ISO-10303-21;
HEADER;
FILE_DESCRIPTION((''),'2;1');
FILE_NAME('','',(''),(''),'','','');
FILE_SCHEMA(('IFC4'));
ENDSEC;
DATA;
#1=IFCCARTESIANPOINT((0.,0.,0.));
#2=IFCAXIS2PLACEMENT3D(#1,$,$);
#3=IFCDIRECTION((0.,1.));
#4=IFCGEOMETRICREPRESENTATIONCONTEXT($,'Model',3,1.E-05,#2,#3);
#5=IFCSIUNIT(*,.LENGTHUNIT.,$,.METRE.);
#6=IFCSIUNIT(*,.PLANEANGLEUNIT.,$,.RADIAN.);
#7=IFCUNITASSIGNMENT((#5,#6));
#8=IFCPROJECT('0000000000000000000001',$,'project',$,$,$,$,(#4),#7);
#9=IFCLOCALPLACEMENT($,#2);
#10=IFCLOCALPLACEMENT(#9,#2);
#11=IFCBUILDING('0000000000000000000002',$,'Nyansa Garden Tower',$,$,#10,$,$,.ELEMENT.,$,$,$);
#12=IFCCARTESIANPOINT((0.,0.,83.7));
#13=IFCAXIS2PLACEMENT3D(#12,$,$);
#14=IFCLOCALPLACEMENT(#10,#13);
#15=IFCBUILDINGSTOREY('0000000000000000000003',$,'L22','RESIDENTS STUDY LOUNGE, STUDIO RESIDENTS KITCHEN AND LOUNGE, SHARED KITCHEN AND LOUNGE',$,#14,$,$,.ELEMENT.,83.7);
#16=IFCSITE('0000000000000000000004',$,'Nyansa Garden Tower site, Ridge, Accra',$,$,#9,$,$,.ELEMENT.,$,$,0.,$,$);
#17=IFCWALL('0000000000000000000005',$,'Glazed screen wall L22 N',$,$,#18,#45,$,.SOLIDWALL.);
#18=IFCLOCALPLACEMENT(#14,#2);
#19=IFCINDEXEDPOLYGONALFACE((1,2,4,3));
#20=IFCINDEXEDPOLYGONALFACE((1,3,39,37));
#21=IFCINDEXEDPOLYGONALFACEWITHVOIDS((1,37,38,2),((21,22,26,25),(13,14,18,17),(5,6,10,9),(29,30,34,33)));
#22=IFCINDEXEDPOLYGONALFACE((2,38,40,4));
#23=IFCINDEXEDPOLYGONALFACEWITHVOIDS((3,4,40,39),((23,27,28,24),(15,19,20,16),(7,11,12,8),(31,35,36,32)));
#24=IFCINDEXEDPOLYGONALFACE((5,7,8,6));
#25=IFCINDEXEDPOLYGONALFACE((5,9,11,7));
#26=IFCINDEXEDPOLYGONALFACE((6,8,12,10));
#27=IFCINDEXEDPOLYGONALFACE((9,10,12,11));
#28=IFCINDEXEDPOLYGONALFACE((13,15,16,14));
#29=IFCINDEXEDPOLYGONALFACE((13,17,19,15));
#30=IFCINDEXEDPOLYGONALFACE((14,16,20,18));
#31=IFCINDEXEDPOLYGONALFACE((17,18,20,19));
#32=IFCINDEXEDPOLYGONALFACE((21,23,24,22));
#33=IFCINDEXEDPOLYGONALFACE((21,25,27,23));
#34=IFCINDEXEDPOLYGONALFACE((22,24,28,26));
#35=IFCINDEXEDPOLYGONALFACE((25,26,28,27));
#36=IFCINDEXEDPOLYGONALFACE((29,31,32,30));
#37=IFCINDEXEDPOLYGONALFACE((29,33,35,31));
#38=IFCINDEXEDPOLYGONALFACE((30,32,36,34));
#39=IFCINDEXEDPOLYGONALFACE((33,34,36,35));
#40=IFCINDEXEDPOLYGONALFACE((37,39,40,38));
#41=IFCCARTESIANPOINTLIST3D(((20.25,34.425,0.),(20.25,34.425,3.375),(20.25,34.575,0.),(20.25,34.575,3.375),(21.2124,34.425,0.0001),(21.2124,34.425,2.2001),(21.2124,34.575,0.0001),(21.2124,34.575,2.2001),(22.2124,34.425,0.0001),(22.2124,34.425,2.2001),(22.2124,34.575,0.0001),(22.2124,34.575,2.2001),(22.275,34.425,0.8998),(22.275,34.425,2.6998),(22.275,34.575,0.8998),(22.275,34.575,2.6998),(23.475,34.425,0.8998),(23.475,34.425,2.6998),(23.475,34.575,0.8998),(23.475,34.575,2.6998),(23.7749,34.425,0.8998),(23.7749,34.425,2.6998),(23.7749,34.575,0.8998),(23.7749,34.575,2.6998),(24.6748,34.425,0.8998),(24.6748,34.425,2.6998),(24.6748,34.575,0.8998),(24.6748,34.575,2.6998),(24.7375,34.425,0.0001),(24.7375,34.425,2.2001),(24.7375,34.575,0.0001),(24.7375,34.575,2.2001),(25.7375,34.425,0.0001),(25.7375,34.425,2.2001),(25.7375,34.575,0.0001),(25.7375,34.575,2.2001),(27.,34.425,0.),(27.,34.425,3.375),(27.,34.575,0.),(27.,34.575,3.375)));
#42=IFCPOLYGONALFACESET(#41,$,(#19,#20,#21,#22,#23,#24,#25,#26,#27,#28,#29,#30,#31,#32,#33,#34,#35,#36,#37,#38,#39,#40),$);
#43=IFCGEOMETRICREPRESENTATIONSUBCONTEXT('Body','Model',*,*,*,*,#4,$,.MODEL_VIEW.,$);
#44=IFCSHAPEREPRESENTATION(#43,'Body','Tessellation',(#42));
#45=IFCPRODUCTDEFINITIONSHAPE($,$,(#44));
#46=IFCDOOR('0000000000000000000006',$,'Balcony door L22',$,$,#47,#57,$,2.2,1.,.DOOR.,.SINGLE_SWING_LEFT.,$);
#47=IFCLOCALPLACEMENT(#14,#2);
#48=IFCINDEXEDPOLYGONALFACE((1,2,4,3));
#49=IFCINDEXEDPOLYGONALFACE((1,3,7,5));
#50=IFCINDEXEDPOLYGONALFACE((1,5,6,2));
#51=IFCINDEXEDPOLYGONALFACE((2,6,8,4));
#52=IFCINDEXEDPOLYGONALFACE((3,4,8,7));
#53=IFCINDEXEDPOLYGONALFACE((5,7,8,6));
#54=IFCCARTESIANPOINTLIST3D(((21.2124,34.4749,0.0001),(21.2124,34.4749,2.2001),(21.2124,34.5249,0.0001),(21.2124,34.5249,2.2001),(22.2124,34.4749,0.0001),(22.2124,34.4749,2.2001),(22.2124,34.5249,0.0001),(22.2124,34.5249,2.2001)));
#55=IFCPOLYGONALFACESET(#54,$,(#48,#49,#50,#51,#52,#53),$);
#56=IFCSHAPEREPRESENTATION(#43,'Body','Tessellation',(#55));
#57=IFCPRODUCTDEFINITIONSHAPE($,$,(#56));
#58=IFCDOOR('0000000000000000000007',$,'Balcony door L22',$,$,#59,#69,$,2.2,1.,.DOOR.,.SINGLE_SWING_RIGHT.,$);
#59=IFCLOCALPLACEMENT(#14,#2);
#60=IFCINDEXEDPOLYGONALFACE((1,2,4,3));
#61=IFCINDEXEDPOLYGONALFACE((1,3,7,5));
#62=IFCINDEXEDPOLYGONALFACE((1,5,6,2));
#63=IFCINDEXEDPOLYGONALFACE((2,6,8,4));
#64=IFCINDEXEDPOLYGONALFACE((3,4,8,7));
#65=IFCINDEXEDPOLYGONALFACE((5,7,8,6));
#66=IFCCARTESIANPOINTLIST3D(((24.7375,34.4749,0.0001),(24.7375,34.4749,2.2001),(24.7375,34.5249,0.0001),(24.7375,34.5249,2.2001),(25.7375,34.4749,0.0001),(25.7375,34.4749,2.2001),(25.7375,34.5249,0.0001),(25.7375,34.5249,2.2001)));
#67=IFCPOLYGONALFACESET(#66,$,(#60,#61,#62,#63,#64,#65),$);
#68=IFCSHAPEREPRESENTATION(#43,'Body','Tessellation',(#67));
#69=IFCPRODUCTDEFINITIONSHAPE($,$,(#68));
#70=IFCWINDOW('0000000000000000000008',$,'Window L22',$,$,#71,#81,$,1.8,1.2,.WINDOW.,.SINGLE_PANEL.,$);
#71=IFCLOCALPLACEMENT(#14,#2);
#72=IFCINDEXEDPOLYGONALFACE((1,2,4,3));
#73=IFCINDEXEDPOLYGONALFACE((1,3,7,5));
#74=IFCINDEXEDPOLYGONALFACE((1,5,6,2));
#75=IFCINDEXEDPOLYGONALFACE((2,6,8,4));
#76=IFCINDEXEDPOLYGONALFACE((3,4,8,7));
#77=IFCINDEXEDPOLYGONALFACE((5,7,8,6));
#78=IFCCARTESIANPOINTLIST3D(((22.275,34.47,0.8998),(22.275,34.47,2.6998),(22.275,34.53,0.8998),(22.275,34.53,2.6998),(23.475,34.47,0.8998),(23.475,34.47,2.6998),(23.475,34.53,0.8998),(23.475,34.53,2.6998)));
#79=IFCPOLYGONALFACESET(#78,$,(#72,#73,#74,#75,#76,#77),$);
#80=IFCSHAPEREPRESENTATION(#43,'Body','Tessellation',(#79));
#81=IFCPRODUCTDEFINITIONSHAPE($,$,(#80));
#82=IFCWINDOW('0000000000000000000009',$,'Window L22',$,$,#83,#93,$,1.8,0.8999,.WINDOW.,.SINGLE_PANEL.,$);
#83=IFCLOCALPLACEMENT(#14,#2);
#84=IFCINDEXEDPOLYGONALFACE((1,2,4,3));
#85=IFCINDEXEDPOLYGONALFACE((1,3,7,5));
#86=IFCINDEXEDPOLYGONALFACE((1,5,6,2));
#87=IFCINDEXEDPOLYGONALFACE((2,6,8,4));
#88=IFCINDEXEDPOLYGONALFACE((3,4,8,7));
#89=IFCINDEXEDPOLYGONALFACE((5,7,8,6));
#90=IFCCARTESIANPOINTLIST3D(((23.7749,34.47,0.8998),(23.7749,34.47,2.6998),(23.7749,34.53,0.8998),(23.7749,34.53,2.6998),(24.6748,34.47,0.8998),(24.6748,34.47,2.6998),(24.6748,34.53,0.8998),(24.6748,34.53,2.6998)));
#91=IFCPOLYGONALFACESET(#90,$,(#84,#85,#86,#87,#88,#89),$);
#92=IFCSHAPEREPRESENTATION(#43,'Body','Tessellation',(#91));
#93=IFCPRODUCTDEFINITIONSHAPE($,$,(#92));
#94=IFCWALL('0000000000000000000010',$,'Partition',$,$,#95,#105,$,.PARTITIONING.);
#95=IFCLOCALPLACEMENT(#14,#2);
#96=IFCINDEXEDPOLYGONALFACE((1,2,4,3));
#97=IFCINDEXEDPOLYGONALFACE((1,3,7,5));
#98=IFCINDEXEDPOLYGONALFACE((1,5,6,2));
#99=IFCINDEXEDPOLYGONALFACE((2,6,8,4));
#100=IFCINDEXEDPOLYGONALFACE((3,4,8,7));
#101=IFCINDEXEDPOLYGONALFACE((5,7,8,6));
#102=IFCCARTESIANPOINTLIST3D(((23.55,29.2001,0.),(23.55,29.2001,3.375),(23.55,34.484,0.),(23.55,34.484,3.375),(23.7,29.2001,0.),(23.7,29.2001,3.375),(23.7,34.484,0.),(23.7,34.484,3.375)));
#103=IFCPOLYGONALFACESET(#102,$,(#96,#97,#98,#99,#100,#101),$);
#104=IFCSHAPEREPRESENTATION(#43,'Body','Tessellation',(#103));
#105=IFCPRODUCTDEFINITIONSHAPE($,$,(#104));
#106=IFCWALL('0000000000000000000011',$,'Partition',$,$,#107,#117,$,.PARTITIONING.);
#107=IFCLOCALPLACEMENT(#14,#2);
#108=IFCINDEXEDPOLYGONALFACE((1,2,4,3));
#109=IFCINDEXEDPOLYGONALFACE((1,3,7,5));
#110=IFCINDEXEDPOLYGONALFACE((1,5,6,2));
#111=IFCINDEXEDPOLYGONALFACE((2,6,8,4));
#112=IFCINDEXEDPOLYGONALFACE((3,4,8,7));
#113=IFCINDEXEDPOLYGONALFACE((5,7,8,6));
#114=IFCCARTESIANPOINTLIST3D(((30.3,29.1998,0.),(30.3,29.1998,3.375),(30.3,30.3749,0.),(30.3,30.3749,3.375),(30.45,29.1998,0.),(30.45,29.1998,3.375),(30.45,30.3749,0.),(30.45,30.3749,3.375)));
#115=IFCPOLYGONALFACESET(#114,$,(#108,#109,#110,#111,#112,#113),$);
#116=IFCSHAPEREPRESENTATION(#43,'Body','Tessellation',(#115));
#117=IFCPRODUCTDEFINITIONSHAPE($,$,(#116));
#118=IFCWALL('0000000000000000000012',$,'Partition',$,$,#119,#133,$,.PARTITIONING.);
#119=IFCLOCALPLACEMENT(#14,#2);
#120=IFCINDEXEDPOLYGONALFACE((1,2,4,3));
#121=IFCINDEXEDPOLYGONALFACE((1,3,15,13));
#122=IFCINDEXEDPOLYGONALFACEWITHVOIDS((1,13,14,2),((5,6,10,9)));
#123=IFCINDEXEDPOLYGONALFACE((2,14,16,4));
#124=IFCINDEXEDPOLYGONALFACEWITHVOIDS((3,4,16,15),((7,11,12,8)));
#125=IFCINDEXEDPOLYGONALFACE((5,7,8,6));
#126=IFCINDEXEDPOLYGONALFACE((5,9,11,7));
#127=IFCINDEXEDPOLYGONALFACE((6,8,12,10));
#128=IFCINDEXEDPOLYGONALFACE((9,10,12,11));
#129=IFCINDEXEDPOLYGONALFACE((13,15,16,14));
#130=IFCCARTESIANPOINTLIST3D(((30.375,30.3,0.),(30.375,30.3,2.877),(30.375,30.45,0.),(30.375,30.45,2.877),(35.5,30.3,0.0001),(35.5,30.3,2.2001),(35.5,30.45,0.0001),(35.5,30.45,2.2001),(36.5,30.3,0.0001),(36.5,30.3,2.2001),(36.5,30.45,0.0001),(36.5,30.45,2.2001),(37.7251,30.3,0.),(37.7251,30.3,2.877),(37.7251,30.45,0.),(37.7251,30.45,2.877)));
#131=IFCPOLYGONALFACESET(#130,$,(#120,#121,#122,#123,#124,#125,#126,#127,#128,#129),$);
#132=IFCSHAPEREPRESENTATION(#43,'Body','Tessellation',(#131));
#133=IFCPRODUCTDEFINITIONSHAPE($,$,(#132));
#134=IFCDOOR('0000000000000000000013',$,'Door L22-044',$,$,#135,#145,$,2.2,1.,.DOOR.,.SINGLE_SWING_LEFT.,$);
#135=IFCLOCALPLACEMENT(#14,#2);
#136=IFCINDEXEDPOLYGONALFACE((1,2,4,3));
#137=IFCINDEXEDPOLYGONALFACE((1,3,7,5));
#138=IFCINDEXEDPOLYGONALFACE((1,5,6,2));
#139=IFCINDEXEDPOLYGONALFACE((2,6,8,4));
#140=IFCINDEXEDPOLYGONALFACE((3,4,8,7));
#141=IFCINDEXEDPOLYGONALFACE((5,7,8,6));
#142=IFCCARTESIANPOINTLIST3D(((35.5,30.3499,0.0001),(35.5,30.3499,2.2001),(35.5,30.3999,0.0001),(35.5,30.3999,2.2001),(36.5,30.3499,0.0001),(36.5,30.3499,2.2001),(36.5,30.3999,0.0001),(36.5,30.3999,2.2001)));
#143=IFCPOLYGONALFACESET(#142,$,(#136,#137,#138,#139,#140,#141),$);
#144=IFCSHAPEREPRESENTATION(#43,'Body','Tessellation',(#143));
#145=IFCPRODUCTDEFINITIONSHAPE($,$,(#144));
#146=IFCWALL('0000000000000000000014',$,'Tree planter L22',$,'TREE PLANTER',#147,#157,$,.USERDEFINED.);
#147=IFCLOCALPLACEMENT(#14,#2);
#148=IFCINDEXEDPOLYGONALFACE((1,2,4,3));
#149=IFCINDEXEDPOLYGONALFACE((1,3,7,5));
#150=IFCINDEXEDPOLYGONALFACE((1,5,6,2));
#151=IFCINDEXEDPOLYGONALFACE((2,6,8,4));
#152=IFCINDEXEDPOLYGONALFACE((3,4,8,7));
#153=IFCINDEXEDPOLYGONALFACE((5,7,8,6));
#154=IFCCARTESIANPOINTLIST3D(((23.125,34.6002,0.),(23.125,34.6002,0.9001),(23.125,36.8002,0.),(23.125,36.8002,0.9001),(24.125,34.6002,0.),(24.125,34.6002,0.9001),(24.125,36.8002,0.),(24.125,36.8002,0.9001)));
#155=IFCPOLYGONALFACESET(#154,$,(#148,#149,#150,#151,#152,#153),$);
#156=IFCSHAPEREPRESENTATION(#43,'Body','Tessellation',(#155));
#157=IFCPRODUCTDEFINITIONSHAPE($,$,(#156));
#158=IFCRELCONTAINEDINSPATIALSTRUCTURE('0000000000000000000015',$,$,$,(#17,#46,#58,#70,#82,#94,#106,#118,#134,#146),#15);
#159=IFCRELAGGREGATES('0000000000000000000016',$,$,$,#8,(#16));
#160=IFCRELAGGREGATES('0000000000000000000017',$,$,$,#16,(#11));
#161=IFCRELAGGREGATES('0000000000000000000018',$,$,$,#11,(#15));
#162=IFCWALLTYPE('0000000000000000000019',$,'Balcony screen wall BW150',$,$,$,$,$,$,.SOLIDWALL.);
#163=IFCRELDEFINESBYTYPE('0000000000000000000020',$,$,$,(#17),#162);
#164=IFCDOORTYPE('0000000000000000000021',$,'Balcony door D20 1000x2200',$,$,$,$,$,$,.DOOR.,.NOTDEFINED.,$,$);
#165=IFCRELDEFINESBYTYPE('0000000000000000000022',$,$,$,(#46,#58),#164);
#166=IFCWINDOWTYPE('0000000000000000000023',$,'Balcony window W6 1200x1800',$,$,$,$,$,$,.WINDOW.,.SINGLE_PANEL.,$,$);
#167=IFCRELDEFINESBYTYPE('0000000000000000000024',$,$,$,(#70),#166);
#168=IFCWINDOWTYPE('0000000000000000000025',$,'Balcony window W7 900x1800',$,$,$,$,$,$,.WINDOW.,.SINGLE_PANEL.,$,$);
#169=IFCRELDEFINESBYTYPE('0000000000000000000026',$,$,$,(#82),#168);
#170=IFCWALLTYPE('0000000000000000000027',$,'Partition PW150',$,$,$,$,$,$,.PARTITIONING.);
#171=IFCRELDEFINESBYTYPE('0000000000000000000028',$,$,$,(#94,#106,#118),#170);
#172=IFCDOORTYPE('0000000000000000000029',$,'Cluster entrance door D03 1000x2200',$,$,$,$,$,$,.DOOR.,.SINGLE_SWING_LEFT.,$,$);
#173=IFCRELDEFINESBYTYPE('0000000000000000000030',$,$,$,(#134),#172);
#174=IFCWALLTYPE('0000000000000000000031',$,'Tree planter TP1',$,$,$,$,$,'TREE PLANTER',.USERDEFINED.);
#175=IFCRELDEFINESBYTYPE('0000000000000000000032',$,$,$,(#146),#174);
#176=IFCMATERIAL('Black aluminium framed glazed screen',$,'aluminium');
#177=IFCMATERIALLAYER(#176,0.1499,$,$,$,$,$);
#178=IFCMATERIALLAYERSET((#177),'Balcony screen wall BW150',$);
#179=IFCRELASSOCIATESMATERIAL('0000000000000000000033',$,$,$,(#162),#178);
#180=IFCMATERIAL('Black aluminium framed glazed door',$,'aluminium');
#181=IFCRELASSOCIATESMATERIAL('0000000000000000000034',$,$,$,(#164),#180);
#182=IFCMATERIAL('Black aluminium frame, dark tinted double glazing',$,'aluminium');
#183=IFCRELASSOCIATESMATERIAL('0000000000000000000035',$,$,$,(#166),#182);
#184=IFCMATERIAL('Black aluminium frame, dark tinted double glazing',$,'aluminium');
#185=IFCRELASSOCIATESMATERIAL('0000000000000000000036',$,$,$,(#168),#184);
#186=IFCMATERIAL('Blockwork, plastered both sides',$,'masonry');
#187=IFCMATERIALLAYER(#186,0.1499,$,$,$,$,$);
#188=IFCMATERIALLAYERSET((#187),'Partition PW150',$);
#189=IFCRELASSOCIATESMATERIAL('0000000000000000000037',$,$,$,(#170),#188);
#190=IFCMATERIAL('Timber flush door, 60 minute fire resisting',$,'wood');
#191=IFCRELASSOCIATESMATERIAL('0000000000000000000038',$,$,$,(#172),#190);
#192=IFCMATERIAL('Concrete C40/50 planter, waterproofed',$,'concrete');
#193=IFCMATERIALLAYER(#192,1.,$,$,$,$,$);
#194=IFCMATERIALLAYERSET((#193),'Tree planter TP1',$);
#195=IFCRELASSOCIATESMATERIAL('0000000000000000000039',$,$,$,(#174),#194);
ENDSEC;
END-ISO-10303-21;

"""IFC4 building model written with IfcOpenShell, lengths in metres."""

from ifc_helpers import new_model, si_unit, direction, frame, frame_2d, origin, place, context, subcontext, project, spatial, rectangle, extrude, material, layer, layer_set, type_object, element, fill, save


model = new_model("IFC4")

# Units and contexts
model_context = context("Model", 3, precision=1e-05, world=origin(), true_north=direction((0.0, 1.0)))
body_context = subcontext(model_context, "Body", "Model", "MODEL_VIEW")
ifc_project = project(units=[si_unit("LENGTHUNIT", "METRE"), si_unit("PLANEANGLEUNIT", "RADIAN")], contexts=[model_context])

# Site, building, storey
site_placement = place(None, origin())
site = spatial("IfcSite", under=ifc_project, at=site_placement, Name="Nyansa Garden Tower site, Ridge, Accra", CompositionType="ELEMENT", RefElevation=0.0)
building_placement = place(site_placement, origin())
building = spatial("IfcBuilding", under=site, at=building_placement, Name="Nyansa Garden Tower", CompositionType="ELEMENT")
storey_placement = place(building_placement, frame((0.0, 0.0, 83.7)))
storey = spatial("IfcBuildingStorey", under=building, at=storey_placement, Name="L22", Description="RESIDENTS STUDY LOUNGE, STUDIO RESIDENTS KITCHEN AND LOUNGE, SHARED KITCHEN AND LOUNGE", CompositionType="ELEMENT", Elevation=83.7)

# Wall, openings, doors, windows
ifc_material_1 = material(Name="Black aluminium framed glazed screen", Category="aluminium")
ifc_layer_1 = layer(ifc_material_1, 0.1499)
ifc_layer_set_1 = layer_set([ifc_layer_1], Name="Balcony screen wall BW150")
wall_type_1 = type_object("IfcWallType", Name="Balcony screen wall BW150", PredefinedType="SOLIDWALL", material=ifc_layer_set_1)
wall_1_placement = place(storey_placement, frame((20.25, 34.5, 0.0), z_axis=(0.0, 0.0, 1.0), x_axis=(1.0, 0.0, 0.0)))
wall_1 = element("IfcWall", 1, at=wall_1_placement, inside=storey, type_object=wall_type_1, Name="Glazed screen wall L22 N", PredefinedType="SOLIDWALL", context=body_context, shape_type="SweptSolid", body=[
    extrude(rectangle(XDim=6.75, YDim=0.1499, at=frame_2d((3.375, 0.0))), origin(), (0.0, 0.0, 1.0), 3.375),
])
opening_1_placement = place(wall_1_placement, frame((0.9624, 0.0, 0.0)))
opening_1 = element("IfcOpeningElement", 2, at=opening_1_placement, cuts=wall_1, PredefinedType="OPENING", context=body_context, shape_type="SweptSolid", body=[
    extrude(rectangle(XDim=1.0, YDim=2.2, at=frame_2d((0.5, 1.1001))), frame((0.0, 0.085, 0.0), z_axis=(0.0, -1.0, 0.0), x_axis=(1.0, 0.0, 0.0)), (0.0, 0.0, 1.0), 0.1699),
])
opening_2_placement = place(wall_1_placement, frame((2.0249, 0.0, 0.8999)))
opening_2 = element("IfcOpeningElement", 3, at=opening_2_placement, cuts=wall_1, PredefinedType="OPENING", context=body_context, shape_type="SweptSolid", body=[
    extrude(rectangle(XDim=1.2, YDim=1.8, at=frame_2d((0.6001, 0.8999))), frame((0.0, 0.085, 0.0), z_axis=(0.0, -1.0, 0.0), x_axis=(1.0, 0.0, 0.0)), (0.0, 0.0, 1.0), 0.1699),
])
opening_3_placement = place(wall_1_placement, frame((4.4875, 0.0, 0.0)))
opening_3 = element("IfcOpeningElement", 4, at=opening_3_placement, cuts=wall_1, PredefinedType="OPENING", context=body_context, shape_type="SweptSolid", body=[
    extrude(rectangle(XDim=1.0, YDim=2.2, at=frame_2d((0.5, 1.1001))), frame((0.0, 0.085, 0.0), z_axis=(0.0, -1.0, 0.0), x_axis=(1.0, 0.0, 0.0)), (0.0, 0.0, 1.0), 0.1699),
])
opening_4_placement = place(wall_1_placement, frame((3.5249, 0.0, 0.8999)))
opening_4 = element("IfcOpeningElement", 5, at=opening_4_placement, cuts=wall_1, PredefinedType="OPENING", context=body_context, shape_type="SweptSolid", body=[
    extrude(rectangle(XDim=0.8999, YDim=1.8, at=frame_2d((0.45, 0.8999))), frame((0.0, 0.085, 0.0), z_axis=(0.0, -1.0, 0.0), x_axis=(1.0, 0.0, 0.0)), (0.0, 0.0, 1.0), 0.1699),
])
ifc_material_2 = material(Name="Black aluminium framed glazed door", Category="aluminium")
door_type_1 = type_object("IfcDoorType", Name="Balcony door D20 1000x2200", OperationType="NOTDEFINED", PredefinedType="DOOR", material=ifc_material_2)
door_1_placement = place(opening_1_placement, origin())
door_1 = element("IfcDoor", 6, at=door_1_placement, inside=storey, type_object=door_type_1, Name="Balcony door L22", OperationType="SINGLE_SWING_LEFT", OverallHeight=2.2, OverallWidth=1.0, PredefinedType="DOOR", context=body_context, shape_type="SweptSolid", body=[
    extrude(rectangle(XDim=1.0, YDim=2.2, at=frame_2d((0.5, 1.1001))), frame((0.0, 0.0249, 0.0), z_axis=(0.0, -1.0, 0.0), x_axis=(1.0, 0.0, 0.0)), (0.0, 0.0, 1.0), 0.05),
])
fill(opening_1, door_1)
door_2_placement = place(opening_3_placement, origin())
door_2 = element("IfcDoor", 7, at=door_2_placement, inside=storey, type_object=door_type_1, Name="Balcony door L22", OperationType="SINGLE_SWING_RIGHT", OverallHeight=2.2, OverallWidth=1.0, PredefinedType="DOOR", context=body_context, shape_type="SweptSolid", body=[
    extrude(rectangle(XDim=1.0, YDim=2.2, at=frame_2d((0.5, 1.1001))), frame((0.0, 0.0249, 0.0), z_axis=(0.0, -1.0, 0.0), x_axis=(1.0, 0.0, 0.0)), (0.0, 0.0, 1.0), 0.05),
])
fill(opening_3, door_2)
ifc_material_3 = material(Name="Black aluminium frame, dark tinted double glazing", Category="aluminium")
window_type_1 = type_object("IfcWindowType", Name="Balcony window W6 1200x1800", PartitioningType="SINGLE_PANEL", PredefinedType="WINDOW", material=ifc_material_3)
window_1_placement = place(opening_2_placement, origin())
window_1 = element("IfcWindow", 8, at=window_1_placement, inside=storey, type_object=window_type_1, Name="Window L22", OverallHeight=1.8, OverallWidth=1.2, PartitioningType="SINGLE_PANEL", PredefinedType="WINDOW", context=body_context, shape_type="SweptSolid", body=[
    extrude(rectangle(XDim=1.2, YDim=1.8, at=frame_2d((0.6001, 0.8999))), frame((0.0, 0.03, 0.0), z_axis=(0.0, -1.0, 0.0), x_axis=(1.0, 0.0, 0.0)), (0.0, 0.0, 1.0), 0.0601),
])
fill(opening_2, window_1)
ifc_material_4 = material(Name="Black aluminium frame, dark tinted double glazing", Category="aluminium")
window_type_2 = type_object("IfcWindowType", Name="Balcony window W7 900x1800", PartitioningType="SINGLE_PANEL", PredefinedType="WINDOW", material=ifc_material_4)
window_2_placement = place(opening_4_placement, origin())
window_2 = element("IfcWindow", 9, at=window_2_placement, inside=storey, type_object=window_type_2, Name="Window L22", OverallHeight=1.8, OverallWidth=0.8999, PartitioningType="SINGLE_PANEL", PredefinedType="WINDOW", context=body_context, shape_type="SweptSolid", body=[
    extrude(rectangle(XDim=0.8999, YDim=1.8, at=frame_2d((0.45, 0.8999))), frame((0.0, 0.03, 0.0), z_axis=(0.0, -1.0, 0.0), x_axis=(1.0, 0.0, 0.0)), (0.0, 0.0, 1.0), 0.0601),
])
fill(opening_4, window_2)

# Walls
ifc_material_5 = material(Name="Blockwork, plastered both sides", Category="masonry")
ifc_layer_2 = layer(ifc_material_5, 0.1499)
ifc_layer_set_2 = layer_set([ifc_layer_2], Name="Partition PW150")
wall_type_2 = type_object("IfcWallType", Name="Partition PW150", PredefinedType="PARTITIONING", material=ifc_layer_set_2)
wall_2_placement = place(storey_placement, frame((23.625, 29.2, 0.0), z_axis=(0.0, 0.0, 1.0), x_axis=(0.0, 1.0, 0.0)))
element("IfcWall", 10, at=wall_2_placement, inside=storey, type_object=wall_type_2, Name="Partition", PredefinedType="PARTITIONING", context=body_context, shape_type="SweptSolid", body=[
    extrude(rectangle(XDim=5.2839, YDim=0.1499, at=frame_2d((2.6421, 0.0))), origin(), (0.0, 0.0, 1.0), 3.375),
])
wall_3_placement = place(storey_placement, frame((30.375, 29.2, 0.0), z_axis=(0.0, 0.0, 1.0), x_axis=(0.0, 1.0, 0.0)))
element("IfcWall", 11, at=wall_3_placement, inside=storey, type_object=wall_type_2, Name="Partition", PredefinedType="PARTITIONING", context=body_context, shape_type="SweptSolid", body=[
    extrude(rectangle(XDim=1.175, YDim=0.1499, at=frame_2d((0.5874, 0.0))), origin(), (0.0, 0.0, 1.0), 3.375),
])

# Wall, opening, door
wall_4_placement = place(storey_placement, frame((30.375, 30.375, 0.0), z_axis=(0.0, 0.0, 1.0), x_axis=(1.0, 0.0, 0.0)))
wall_4 = element("IfcWall", 12, at=wall_4_placement, inside=storey, type_object=wall_type_2, Name="Partition", PredefinedType="PARTITIONING", context=body_context, shape_type="SweptSolid", body=[
    extrude(rectangle(XDim=7.3501, YDim=0.1499, at=frame_2d((3.675, 0.0))), origin(), (0.0, 0.0, 1.0), 2.877),
])
opening_5_placement = place(wall_4_placement, frame((5.125, 0.0, 0.0)))
opening_5 = element("IfcOpeningElement", 13, at=opening_5_placement, cuts=wall_4, PredefinedType="OPENING", context=body_context, shape_type="SweptSolid", body=[
    extrude(rectangle(XDim=1.0, YDim=2.2, at=frame_2d((0.5, 1.1001))), frame((0.0, 0.085, 0.0), z_axis=(0.0, -1.0, 0.0), x_axis=(1.0, 0.0, 0.0)), (0.0, 0.0, 1.0), 0.1699),
])
ifc_material_6 = material(Name="Timber flush door, 60 minute fire resisting", Category="wood")
door_type_2 = type_object("IfcDoorType", Name="Cluster entrance door D03 1000x2200", OperationType="SINGLE_SWING_LEFT", PredefinedType="DOOR", material=ifc_material_6)
door_3_placement = place(opening_5_placement, origin())
door_3 = element("IfcDoor", 14, at=door_3_placement, inside=storey, type_object=door_type_2, Name="Door L22-044", OperationType="SINGLE_SWING_LEFT", OverallHeight=2.2, OverallWidth=1.0, PredefinedType="DOOR", context=body_context, shape_type="SweptSolid", body=[
    extrude(rectangle(XDim=1.0, YDim=2.2, at=frame_2d((0.5, 1.1001))), frame((0.0, 0.0249, 0.0), z_axis=(0.0, -1.0, 0.0), x_axis=(1.0, 0.0, 0.0)), (0.0, 0.0, 1.0), 0.05),
])
fill(opening_5, door_3)

# Wall
ifc_material_7 = material(Name="Concrete C40/50 planter, waterproofed", Category="concrete")
ifc_layer_3 = layer(ifc_material_7, 1.0)
ifc_layer_set_3 = layer_set([ifc_layer_3], Name="Tree planter TP1")
wall_type_3 = type_object("IfcWallType", Name="Tree planter TP1", ElementType="TREE PLANTER", PredefinedType="USERDEFINED", material=ifc_layer_set_3)
wall_5_placement = place(storey_placement, frame((23.625, 34.6001, 0.0), z_axis=(0.0, 0.0, 1.0), x_axis=(0.0, 1.0, 0.0)))
element("IfcWall", 15, at=wall_5_placement, inside=storey, type_object=wall_type_3, Name="Tree planter L22", ObjectType="TREE PLANTER", PredefinedType="USERDEFINED", context=body_context, shape_type="SweptSolid", body=[
    extrude(rectangle(XDim=2.2, YDim=1.0, at=frame_2d((1.1001, 0.0))), origin(), (0.0, 0.0, 1.0), 0.9001),
])

save(model, "model.ifc")
